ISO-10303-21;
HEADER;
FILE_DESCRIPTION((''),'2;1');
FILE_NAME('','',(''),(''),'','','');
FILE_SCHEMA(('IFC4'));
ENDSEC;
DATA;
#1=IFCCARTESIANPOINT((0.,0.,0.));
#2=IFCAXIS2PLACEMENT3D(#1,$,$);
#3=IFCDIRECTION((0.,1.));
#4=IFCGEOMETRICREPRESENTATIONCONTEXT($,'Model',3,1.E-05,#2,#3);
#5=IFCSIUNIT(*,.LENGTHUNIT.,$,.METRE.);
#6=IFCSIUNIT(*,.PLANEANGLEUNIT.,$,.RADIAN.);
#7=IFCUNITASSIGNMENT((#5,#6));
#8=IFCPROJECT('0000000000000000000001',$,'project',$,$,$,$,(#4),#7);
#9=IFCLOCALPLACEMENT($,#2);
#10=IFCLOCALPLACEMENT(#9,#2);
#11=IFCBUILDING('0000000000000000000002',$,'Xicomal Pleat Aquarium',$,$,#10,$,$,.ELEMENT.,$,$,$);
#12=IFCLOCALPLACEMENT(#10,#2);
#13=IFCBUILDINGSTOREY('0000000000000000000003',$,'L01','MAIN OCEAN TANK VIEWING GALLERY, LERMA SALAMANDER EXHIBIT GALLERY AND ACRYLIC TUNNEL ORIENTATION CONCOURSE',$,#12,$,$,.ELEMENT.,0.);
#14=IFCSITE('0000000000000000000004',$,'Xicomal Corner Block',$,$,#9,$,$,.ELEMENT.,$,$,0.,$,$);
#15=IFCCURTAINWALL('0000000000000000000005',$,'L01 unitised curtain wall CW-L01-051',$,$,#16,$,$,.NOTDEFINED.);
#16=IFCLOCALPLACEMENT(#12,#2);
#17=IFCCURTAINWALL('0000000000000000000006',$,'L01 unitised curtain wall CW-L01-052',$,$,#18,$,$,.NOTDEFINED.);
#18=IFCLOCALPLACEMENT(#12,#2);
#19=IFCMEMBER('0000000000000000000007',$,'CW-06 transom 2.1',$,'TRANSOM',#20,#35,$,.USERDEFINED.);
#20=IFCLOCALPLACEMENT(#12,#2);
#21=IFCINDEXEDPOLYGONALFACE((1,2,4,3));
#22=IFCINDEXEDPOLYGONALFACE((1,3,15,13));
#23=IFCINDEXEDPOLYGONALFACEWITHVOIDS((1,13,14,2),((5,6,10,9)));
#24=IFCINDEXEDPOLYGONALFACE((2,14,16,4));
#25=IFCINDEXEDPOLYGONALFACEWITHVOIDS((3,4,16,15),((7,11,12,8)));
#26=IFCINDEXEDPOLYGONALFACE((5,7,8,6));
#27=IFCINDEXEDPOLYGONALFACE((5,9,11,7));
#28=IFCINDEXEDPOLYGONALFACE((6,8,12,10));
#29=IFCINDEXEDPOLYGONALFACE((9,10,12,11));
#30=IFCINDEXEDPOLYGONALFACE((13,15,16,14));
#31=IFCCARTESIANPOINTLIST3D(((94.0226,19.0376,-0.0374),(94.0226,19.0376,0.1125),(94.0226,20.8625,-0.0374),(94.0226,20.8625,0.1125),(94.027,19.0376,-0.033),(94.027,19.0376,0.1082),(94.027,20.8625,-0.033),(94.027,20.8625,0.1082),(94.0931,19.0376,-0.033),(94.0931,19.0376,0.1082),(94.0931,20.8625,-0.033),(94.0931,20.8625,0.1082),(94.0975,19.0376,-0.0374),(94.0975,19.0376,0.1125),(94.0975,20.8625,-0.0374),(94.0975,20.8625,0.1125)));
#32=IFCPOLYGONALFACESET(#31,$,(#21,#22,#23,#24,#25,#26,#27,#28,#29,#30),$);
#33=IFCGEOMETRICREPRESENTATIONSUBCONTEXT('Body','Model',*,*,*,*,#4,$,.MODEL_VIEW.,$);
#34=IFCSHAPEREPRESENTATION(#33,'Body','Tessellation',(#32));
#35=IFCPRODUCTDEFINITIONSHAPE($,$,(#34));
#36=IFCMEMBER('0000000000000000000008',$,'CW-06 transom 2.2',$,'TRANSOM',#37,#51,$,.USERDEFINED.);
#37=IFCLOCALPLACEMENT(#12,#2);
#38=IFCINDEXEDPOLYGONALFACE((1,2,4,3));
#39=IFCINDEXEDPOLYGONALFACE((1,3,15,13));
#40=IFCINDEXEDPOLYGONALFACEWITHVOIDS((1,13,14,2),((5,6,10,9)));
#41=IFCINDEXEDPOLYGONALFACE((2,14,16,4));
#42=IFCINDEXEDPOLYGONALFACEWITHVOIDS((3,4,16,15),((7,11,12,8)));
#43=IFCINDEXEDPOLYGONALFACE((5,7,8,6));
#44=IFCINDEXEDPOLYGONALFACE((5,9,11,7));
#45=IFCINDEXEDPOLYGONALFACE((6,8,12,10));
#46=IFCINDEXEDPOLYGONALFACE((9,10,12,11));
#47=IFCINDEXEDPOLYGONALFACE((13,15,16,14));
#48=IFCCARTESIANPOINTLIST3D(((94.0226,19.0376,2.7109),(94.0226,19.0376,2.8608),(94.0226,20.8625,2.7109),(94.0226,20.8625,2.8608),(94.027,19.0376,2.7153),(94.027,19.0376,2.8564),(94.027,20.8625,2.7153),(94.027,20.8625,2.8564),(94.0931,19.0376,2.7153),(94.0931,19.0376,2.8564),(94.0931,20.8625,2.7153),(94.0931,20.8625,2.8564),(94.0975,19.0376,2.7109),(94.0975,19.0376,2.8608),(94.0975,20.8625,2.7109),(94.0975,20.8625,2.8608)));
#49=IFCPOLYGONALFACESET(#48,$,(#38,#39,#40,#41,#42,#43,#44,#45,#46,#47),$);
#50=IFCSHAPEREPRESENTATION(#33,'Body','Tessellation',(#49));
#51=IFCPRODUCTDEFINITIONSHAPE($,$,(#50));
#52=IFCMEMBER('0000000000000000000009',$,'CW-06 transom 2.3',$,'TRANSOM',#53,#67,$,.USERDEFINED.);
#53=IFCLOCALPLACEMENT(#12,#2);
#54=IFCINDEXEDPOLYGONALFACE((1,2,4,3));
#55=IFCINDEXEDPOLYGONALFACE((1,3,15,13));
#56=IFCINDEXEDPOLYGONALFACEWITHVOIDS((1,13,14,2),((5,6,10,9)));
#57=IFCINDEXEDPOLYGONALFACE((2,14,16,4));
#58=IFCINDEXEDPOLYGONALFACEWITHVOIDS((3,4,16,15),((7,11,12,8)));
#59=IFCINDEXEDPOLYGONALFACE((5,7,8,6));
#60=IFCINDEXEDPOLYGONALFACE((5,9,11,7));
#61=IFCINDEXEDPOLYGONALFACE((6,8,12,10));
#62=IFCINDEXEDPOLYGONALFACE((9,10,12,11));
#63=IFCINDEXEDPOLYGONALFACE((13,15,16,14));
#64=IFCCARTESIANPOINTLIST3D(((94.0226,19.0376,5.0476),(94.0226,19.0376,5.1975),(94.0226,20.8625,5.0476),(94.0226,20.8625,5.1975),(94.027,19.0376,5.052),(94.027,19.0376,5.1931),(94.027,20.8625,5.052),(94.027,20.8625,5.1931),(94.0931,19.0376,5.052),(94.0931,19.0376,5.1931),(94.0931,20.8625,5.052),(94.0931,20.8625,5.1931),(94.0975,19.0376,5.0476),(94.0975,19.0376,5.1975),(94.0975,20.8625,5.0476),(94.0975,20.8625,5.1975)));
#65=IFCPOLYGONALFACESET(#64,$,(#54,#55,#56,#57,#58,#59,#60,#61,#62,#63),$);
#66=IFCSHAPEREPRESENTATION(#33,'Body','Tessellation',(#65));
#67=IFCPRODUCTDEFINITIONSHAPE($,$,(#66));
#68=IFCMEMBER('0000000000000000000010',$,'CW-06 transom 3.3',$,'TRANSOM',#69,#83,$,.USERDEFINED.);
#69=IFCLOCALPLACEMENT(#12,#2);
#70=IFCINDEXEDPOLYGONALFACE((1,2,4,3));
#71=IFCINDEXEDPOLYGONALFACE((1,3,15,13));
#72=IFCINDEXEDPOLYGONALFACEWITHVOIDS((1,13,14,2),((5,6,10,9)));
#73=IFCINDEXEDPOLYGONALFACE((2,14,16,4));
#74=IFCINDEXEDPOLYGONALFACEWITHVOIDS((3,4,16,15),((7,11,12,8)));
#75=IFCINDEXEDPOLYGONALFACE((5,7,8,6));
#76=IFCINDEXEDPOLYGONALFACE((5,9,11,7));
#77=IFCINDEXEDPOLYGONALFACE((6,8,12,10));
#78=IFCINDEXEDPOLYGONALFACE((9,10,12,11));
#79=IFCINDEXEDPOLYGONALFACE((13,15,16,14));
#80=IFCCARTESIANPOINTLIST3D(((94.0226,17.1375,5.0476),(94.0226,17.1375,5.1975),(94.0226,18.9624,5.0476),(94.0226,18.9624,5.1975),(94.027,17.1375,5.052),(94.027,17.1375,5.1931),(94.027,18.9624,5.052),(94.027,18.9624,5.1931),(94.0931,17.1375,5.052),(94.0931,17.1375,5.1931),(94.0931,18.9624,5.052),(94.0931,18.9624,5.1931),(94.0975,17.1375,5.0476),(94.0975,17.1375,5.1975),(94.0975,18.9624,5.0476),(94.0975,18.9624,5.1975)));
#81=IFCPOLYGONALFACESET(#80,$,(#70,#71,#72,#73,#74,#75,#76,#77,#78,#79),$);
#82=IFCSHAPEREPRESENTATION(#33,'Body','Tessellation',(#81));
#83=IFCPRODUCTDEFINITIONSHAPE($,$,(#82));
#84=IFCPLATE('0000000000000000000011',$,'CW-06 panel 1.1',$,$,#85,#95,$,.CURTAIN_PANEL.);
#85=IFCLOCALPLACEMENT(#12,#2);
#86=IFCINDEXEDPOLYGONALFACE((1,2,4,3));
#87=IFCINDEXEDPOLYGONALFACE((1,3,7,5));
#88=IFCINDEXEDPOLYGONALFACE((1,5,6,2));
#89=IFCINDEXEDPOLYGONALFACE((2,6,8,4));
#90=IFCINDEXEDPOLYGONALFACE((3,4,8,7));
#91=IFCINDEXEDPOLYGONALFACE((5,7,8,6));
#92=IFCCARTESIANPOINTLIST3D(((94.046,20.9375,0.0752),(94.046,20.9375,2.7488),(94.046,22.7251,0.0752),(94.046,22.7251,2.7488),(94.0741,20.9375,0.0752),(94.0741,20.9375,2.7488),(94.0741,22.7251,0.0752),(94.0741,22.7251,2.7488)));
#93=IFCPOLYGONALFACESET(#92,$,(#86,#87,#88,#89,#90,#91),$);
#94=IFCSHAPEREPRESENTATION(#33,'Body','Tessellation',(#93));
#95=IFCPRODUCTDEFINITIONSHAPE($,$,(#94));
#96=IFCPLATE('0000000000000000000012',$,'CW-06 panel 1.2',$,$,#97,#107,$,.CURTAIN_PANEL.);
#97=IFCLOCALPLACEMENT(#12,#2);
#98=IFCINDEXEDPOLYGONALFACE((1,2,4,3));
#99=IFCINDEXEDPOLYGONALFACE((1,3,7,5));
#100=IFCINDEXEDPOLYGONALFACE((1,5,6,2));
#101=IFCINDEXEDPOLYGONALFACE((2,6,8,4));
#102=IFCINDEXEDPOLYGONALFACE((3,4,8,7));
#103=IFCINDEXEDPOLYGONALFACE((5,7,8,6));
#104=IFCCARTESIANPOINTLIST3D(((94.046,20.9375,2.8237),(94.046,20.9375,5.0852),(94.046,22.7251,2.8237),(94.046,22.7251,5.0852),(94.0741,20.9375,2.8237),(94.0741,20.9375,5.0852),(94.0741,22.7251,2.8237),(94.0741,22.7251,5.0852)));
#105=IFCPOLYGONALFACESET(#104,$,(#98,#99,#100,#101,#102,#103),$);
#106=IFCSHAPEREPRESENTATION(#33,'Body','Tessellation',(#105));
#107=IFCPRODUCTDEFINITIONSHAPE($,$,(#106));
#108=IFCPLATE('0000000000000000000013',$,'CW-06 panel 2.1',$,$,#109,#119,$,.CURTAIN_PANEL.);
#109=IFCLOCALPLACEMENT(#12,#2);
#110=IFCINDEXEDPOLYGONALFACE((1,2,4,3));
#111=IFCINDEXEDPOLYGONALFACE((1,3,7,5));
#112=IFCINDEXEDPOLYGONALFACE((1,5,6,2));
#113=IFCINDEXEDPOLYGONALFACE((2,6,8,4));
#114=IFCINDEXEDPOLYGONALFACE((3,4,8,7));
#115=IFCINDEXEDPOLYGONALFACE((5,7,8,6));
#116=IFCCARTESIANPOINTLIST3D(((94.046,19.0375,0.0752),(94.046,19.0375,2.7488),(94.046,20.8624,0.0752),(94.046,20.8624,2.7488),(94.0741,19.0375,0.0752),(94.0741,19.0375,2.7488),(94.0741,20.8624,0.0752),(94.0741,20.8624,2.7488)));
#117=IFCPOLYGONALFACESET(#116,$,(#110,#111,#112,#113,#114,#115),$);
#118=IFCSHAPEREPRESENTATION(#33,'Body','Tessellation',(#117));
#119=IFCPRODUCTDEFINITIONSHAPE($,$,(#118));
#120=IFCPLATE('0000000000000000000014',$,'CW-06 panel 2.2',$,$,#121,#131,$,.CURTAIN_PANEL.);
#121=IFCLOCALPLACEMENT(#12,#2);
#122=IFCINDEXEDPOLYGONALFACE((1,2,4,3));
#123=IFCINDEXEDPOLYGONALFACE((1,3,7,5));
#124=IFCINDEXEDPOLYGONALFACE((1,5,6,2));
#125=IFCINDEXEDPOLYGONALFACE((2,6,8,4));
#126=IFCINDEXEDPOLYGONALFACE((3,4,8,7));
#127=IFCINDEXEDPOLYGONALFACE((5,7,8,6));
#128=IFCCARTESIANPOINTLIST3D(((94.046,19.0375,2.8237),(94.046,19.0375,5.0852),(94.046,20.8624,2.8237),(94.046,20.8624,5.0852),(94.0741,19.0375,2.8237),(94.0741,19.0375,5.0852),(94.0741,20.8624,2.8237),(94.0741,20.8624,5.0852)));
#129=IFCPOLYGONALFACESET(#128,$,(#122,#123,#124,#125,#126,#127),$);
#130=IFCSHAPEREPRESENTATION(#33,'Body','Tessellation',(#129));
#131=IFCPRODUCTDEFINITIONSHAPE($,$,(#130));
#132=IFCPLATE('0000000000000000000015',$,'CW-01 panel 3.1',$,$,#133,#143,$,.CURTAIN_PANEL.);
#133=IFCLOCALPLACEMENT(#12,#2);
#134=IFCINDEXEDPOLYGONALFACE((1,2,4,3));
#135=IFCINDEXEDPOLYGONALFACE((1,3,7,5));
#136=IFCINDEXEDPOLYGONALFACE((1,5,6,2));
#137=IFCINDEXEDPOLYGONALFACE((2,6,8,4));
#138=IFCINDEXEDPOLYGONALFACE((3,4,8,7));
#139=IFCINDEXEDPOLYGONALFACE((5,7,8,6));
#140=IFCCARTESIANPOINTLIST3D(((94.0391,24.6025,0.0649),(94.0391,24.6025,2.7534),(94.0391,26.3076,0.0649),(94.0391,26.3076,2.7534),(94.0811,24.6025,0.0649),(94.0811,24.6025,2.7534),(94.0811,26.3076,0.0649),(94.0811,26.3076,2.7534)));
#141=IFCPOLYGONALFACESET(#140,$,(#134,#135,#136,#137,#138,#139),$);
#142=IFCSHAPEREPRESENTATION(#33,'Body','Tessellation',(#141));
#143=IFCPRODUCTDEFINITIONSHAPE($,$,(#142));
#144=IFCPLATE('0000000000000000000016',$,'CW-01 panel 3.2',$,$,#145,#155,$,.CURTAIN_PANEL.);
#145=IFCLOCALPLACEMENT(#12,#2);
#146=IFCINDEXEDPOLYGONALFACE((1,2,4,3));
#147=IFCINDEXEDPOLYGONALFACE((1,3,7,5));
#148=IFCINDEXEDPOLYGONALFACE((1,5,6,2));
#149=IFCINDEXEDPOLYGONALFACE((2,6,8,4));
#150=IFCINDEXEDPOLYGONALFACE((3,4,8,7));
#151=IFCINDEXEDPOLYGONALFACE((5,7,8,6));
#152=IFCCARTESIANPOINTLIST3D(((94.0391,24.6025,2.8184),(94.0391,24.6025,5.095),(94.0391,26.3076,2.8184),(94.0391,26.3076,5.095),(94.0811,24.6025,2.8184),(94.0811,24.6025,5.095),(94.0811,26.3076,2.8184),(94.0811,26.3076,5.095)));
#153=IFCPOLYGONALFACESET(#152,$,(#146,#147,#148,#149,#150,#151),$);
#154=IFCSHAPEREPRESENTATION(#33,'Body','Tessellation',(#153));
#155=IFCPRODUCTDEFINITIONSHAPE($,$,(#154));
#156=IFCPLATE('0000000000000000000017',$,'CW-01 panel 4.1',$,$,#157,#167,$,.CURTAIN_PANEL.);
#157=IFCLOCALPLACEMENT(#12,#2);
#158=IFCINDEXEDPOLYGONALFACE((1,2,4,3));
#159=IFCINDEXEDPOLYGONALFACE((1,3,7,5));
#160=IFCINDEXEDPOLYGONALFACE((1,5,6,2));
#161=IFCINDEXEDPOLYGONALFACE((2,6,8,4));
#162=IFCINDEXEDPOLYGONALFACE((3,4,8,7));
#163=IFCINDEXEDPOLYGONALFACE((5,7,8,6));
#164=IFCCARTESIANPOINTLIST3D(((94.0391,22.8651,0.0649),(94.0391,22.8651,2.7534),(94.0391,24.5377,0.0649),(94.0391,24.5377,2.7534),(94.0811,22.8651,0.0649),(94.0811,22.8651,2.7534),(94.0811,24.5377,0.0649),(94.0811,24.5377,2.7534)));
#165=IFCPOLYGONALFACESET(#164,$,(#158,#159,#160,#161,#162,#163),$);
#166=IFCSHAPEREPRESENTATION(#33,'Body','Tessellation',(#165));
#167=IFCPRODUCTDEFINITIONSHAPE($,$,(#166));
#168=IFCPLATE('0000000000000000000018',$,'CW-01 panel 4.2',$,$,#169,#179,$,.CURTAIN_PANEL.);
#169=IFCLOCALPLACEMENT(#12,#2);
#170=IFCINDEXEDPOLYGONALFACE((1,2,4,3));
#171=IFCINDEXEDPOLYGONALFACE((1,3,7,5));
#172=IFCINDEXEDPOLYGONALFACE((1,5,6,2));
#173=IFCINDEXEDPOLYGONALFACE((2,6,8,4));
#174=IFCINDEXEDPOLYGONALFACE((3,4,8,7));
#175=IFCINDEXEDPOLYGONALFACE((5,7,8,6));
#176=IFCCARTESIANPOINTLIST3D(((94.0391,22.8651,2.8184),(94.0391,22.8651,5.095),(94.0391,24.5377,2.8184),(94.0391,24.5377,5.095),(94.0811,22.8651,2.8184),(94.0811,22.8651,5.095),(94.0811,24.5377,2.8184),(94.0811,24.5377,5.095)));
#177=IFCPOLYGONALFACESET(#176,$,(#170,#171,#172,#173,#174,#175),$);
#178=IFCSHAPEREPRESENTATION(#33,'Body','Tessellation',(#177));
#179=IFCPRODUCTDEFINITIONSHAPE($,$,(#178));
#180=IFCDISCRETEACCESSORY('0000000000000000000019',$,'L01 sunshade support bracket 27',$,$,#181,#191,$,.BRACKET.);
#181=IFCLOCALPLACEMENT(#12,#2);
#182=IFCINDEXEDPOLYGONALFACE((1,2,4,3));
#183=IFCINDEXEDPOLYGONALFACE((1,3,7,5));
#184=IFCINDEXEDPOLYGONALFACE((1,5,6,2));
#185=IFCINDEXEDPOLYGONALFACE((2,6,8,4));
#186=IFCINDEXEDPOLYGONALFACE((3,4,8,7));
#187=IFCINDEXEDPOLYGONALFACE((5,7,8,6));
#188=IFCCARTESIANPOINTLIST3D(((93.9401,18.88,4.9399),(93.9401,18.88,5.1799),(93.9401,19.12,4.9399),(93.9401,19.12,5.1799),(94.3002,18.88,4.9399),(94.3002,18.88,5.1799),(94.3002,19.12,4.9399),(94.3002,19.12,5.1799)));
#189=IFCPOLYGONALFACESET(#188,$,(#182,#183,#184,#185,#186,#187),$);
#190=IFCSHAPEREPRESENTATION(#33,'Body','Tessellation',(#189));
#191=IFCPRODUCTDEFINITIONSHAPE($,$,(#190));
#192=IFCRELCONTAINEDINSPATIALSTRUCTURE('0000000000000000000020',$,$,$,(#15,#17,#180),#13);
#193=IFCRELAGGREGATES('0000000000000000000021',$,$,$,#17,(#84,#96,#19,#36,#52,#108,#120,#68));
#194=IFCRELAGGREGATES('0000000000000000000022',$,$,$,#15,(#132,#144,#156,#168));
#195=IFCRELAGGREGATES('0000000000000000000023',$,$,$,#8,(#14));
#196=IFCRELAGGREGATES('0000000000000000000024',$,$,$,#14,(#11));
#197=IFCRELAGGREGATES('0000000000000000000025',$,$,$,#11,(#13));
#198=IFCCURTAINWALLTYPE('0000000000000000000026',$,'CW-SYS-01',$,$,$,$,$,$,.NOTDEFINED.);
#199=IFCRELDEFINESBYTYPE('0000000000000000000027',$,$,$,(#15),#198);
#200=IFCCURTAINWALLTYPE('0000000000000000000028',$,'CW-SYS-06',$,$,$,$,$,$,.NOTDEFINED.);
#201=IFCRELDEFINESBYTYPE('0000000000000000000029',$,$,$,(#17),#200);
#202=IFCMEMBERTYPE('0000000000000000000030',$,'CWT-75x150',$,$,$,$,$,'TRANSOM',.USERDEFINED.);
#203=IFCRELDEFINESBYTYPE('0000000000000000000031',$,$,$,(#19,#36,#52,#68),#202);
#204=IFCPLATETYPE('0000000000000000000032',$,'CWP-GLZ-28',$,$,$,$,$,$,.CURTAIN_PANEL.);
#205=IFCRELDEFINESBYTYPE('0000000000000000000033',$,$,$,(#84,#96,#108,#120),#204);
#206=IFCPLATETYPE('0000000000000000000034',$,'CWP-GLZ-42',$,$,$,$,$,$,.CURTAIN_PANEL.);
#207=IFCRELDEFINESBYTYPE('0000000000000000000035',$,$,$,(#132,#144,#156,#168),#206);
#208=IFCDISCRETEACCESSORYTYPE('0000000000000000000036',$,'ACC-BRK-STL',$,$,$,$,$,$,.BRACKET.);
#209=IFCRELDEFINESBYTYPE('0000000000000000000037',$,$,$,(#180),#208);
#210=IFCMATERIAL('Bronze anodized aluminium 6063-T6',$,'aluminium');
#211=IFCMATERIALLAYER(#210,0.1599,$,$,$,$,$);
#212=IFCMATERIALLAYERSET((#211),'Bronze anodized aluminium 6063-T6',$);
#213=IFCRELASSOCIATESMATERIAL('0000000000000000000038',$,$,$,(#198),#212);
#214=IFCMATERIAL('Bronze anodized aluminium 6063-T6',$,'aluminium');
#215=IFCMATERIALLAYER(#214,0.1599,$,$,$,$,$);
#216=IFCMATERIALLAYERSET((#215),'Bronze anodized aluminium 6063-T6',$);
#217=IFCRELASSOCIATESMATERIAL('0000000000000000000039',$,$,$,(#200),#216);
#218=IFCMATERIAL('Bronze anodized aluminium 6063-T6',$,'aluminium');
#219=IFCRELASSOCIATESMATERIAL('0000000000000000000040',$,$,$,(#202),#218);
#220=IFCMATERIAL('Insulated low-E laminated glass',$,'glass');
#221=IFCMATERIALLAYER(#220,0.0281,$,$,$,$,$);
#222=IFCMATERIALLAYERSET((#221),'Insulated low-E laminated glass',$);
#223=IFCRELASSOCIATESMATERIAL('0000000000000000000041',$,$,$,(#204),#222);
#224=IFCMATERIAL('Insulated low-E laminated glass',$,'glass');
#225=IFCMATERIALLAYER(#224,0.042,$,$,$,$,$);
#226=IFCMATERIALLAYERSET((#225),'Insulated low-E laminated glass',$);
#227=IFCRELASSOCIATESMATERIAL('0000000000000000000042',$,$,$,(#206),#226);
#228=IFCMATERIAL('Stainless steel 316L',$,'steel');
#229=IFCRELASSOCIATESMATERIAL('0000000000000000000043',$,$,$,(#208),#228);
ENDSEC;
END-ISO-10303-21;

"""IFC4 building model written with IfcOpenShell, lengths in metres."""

from ifc_helpers import new_model, si_unit, direction, frame, origin, origin_2d, place, context, subcontext, project, spatial, rectangle, hollow_rectangle, extrude, material, layer, layer_set, material_profile, profile_set, type_object, element, aggregate, save


model = new_model("IFC4")

# Units and contexts
model_context = context("Model", 3, precision=1e-05, world=origin(), true_north=direction((0.0, 1.0)))
body_context = subcontext(model_context, "Body", "Model", "MODEL_VIEW")
ifc_project = project(units=[si_unit("LENGTHUNIT", "METRE"), si_unit("PLANEANGLEUNIT", "RADIAN")], contexts=[model_context])

# Site, building, storey
site_placement = place(None, origin())
site = spatial("IfcSite", under=ifc_project, at=site_placement, Name="Xicomal Corner Block", CompositionType="ELEMENT", RefElevation=0.0)
building_placement = place(site_placement, origin())
building = spatial("IfcBuilding", under=site, at=building_placement, Name="Xicomal Pleat Aquarium", CompositionType="ELEMENT")
storey_placement = place(building_placement, origin())
storey = spatial("IfcBuildingStorey", under=building, at=storey_placement, Name="L01", Description="MAIN OCEAN TANK VIEWING GALLERY, LERMA SALAMANDER EXHIBIT GALLERY AND ACRYLIC TUNNEL ORIENTATION CONCOURSE", CompositionType="ELEMENT", Elevation=0.0)

# Curtain walls
ifc_material_1 = material(Name="Bronze anodized aluminium 6063-T6", Category="aluminium")
ifc_layer_1 = layer(ifc_material_1, 0.1599)
ifc_layer_set_1 = layer_set([ifc_layer_1], Name="Bronze anodized aluminium 6063-T6")
curtain_wall_type_1 = type_object("IfcCurtainWallType", Name="CW-SYS-01", PredefinedType="NOTDEFINED", material=ifc_layer_set_1)
curtain_wall_1_placement = place(storey_placement, origin())
curtain_wall_1 = element("IfcCurtainWall", 1, at=curtain_wall_1_placement, inside=storey, type_object=curtain_wall_type_1, Name="L01 unitised curtain wall CW-L01-051", PredefinedType="NOTDEFINED")
ifc_material_2 = material(Name="Bronze anodized aluminium 6063-T6", Category="aluminium")
ifc_layer_2 = layer(ifc_material_2, 0.1599)
ifc_layer_set_2 = layer_set([ifc_layer_2], Name="Bronze anodized aluminium 6063-T6")
curtain_wall_type_2 = type_object("IfcCurtainWallType", Name="CW-SYS-06", PredefinedType="NOTDEFINED", material=ifc_layer_set_2)
curtain_wall_2_placement = place(storey_placement, origin())
curtain_wall_2 = element("IfcCurtainWall", 2, at=curtain_wall_2_placement, inside=storey, type_object=curtain_wall_type_2, Name="L01 unitised curtain wall CW-L01-052", PredefinedType="NOTDEFINED")

# Members
ifc_material_3 = material(Name="Bronze anodized aluminium 6063-T6", Category="aluminium")
ifc_material_profile_1 = material_profile(ifc_material_3, hollow_rectangle(XDim=0.075, YDim=0.1499, WallThickness=0.0044, at=origin_2d()), Name="ALU TRAN 75x150")
ifc_profile_set_1 = profile_set([ifc_material_profile_1], Name="Bronze anodized aluminium 6063-T6")
member_type_1 = type_object("IfcMemberType", Name="CWT-75x150", ElementType="TRANSOM", PredefinedType="USERDEFINED", material=ifc_profile_set_1)
member_1_placement = place(storey_placement, frame((94.0601, 20.8625, 0.0376), z_axis=(0.0, -1.0, 0.0), x_axis=(1.0, 0.0, 0.0)))
member_1 = element("IfcMember", 3, at=member_1_placement, type_object=member_type_1, Name="CW-06 transom 2.1", ObjectType="TRANSOM", PredefinedType="USERDEFINED", context=body_context, shape_type="SweptSolid", body=[
    extrude(hollow_rectangle(XDim=0.075, YDim=0.1499, WallThickness=0.0044, at=origin_2d()), origin(), (0.0, 0.0, 1.0), 1.825),
])
member_2_placement = place(storey_placement, frame((94.0601, 20.8625, 2.7859), z_axis=(0.0, -1.0, 0.0), x_axis=(1.0, 0.0, 0.0)))
member_2 = element("IfcMember", 4, at=member_2_placement, type_object=member_type_1, Name="CW-06 transom 2.2", ObjectType="TRANSOM", PredefinedType="USERDEFINED", context=body_context, shape_type="SweptSolid", body=[
    extrude(hollow_rectangle(XDim=0.075, YDim=0.1499, WallThickness=0.0044, at=origin_2d()), origin(), (0.0, 0.0, 1.0), 1.825),
])
member_3_placement = place(storey_placement, frame((94.0601, 20.8625, 5.1226), z_axis=(0.0, -1.0, 0.0), x_axis=(1.0, 0.0, 0.0)))
member_3 = element("IfcMember", 5, at=member_3_placement, type_object=member_type_1, Name="CW-06 transom 2.3", ObjectType="TRANSOM", PredefinedType="USERDEFINED", context=body_context, shape_type="SweptSolid", body=[
    extrude(hollow_rectangle(XDim=0.075, YDim=0.1499, WallThickness=0.0044, at=origin_2d()), origin(), (0.0, 0.0, 1.0), 1.825),
])
member_4_placement = place(storey_placement, frame((94.0601, 18.9624, 5.1226), z_axis=(0.0, -1.0, 0.0), x_axis=(1.0, 0.0, 0.0)))
member_4 = element("IfcMember", 6, at=member_4_placement, type_object=member_type_1, Name="CW-06 transom 3.3", ObjectType="TRANSOM", PredefinedType="USERDEFINED", context=body_context, shape_type="SweptSolid", body=[
    extrude(hollow_rectangle(XDim=0.075, YDim=0.1499, WallThickness=0.0044, at=origin_2d()), origin(), (0.0, 0.0, 1.0), 1.825),
])

# Plates
ifc_material_4 = material(Name="Insulated low-E laminated glass", Category="glass")
ifc_layer_3 = layer(ifc_material_4, 0.0281)
ifc_layer_set_3 = layer_set([ifc_layer_3], Name="Insulated low-E laminated glass")
plate_type_1 = type_object("IfcPlateType", Name="CWP-GLZ-28", PredefinedType="CURTAIN_PANEL", material=ifc_layer_set_3)
plate_1_placement = place(storey_placement, frame((94.0601, 21.8313, 0.0752), z_axis=(0.0, 0.0, 1.0), x_axis=(0.0, -1.0, 0.0)))
plate_1 = element("IfcPlate", 7, at=plate_1_placement, type_object=plate_type_1, Name="CW-06 panel 1.1", PredefinedType="CURTAIN_PANEL", context=body_context, shape_type="SweptSolid", body=[
    extrude(rectangle(XDim=1.7876, YDim=0.0281, at=origin_2d()), origin(), (0.0, 0.0, 1.0), 2.6736),
])
plate_2_placement = place(storey_placement, frame((94.0601, 21.8313, 2.8237), z_axis=(0.0, 0.0, 1.0), x_axis=(0.0, -1.0, 0.0)))
plate_2 = element("IfcPlate", 8, at=plate_2_placement, type_object=plate_type_1, Name="CW-06 panel 1.2", PredefinedType="CURTAIN_PANEL", context=body_context, shape_type="SweptSolid", body=[
    extrude(rectangle(XDim=1.7876, YDim=0.0281, at=origin_2d()), origin(), (0.0, 0.0, 1.0), 2.2615),
])
plate_3_placement = place(storey_placement, frame((94.0601, 19.95, 0.0752), z_axis=(0.0, 0.0, 1.0), x_axis=(0.0, -1.0, 0.0)))
plate_3 = element("IfcPlate", 9, at=plate_3_placement, type_object=plate_type_1, Name="CW-06 panel 2.1", PredefinedType="CURTAIN_PANEL", context=body_context, shape_type="SweptSolid", body=[
    extrude(rectangle(XDim=1.825, YDim=0.0281, at=origin_2d()), origin(), (0.0, 0.0, 1.0), 2.6736),
])
plate_4_placement = place(storey_placement, frame((94.0601, 19.95, 2.8237), z_axis=(0.0, 0.0, 1.0), x_axis=(0.0, -1.0, 0.0)))
plate_4 = element("IfcPlate", 10, at=plate_4_placement, type_object=plate_type_1, Name="CW-06 panel 2.2", PredefinedType="CURTAIN_PANEL", context=body_context, shape_type="SweptSolid", body=[
    extrude(rectangle(XDim=1.825, YDim=0.0281, at=origin_2d()), origin(), (0.0, 0.0, 1.0), 2.2615),
])
aggregate(curtain_wall_2, [plate_1, plate_2, member_1, member_2, member_3, plate_3, plate_4, member_4])
ifc_material_5 = material(Name="Insulated low-E laminated glass", Category="glass")
ifc_layer_4 = layer(ifc_material_5, 0.042)
ifc_layer_set_4 = layer_set([ifc_layer_4], Name="Insulated low-E laminated glass")
plate_type_2 = type_object("IfcPlateType", Name="CWP-GLZ-42", PredefinedType="CURTAIN_PANEL", material=ifc_layer_set_4)
plate_5_placement = place(storey_placement, frame((94.0601, 25.4551, 0.0649), z_axis=(0.0, 0.0, 1.0), x_axis=(0.0, -1.0, 0.0)))
plate_5 = element("IfcPlate", 11, at=plate_5_placement, type_object=plate_type_2, Name="CW-01 panel 3.1", PredefinedType="CURTAIN_PANEL", context=body_context, shape_type="SweptSolid", body=[
    extrude(rectangle(XDim=1.7051, YDim=0.042, at=origin_2d()), origin(), (0.0, 0.0, 1.0), 2.6885),
])
plate_6_placement = place(storey_placement, frame((94.0601, 25.4551, 2.8184), z_axis=(0.0, 0.0, 1.0), x_axis=(0.0, -1.0, 0.0)))
plate_6 = element("IfcPlate", 12, at=plate_6_placement, type_object=plate_type_2, Name="CW-01 panel 3.2", PredefinedType="CURTAIN_PANEL", context=body_context, shape_type="SweptSolid", body=[
    extrude(rectangle(XDim=1.7051, YDim=0.042, at=origin_2d()), origin(), (0.0, 0.0, 1.0), 2.2766),
])
plate_7_placement = place(storey_placement, frame((94.0601, 23.7014, 0.0649), z_axis=(0.0, 0.0, 1.0), x_axis=(0.0, -1.0, 0.0)))
plate_7 = element("IfcPlate", 13, at=plate_7_placement, type_object=plate_type_2, Name="CW-01 panel 4.1", PredefinedType="CURTAIN_PANEL", context=body_context, shape_type="SweptSolid", body=[
    extrude(rectangle(XDim=1.6726, YDim=0.042, at=origin_2d()), origin(), (0.0, 0.0, 1.0), 2.6885),
])
plate_8_placement = place(storey_placement, frame((94.0601, 23.7014, 2.8184), z_axis=(0.0, 0.0, 1.0), x_axis=(0.0, -1.0, 0.0)))
plate_8 = element("IfcPlate", 14, at=plate_8_placement, type_object=plate_type_2, Name="CW-01 panel 4.2", PredefinedType="CURTAIN_PANEL", context=body_context, shape_type="SweptSolid", body=[
    extrude(rectangle(XDim=1.6726, YDim=0.042, at=origin_2d()), origin(), (0.0, 0.0, 1.0), 2.2766),
])
aggregate(curtain_wall_1, [plate_5, plate_6, plate_7, plate_8])

# Discrete accessory
ifc_material_6 = material(Name="Stainless steel 316L", Category="steel")
discrete_accessory_type = type_object("IfcDiscreteAccessoryType", Name="ACC-BRK-STL", PredefinedType="BRACKET", material=ifc_material_6)
discrete_accessory_placement = place(storey_placement, frame((94.1201, 19.0, 4.9399), z_axis=(0.0, 0.0, 1.0), x_axis=(0.0, -1.0, 0.0)))
element("IfcDiscreteAccessory", 15, at=discrete_accessory_placement, inside=storey, type_object=discrete_accessory_type, Name="L01 sunshade support bracket 27", PredefinedType="BRACKET", context=body_context, shape_type="SweptSolid", body=[
    extrude(rectangle(XDim=0.24, YDim=0.3601, at=origin_2d()), origin(), (0.0, 0.0, 1.0), 0.24),
])

save(model, "model.ifc")
